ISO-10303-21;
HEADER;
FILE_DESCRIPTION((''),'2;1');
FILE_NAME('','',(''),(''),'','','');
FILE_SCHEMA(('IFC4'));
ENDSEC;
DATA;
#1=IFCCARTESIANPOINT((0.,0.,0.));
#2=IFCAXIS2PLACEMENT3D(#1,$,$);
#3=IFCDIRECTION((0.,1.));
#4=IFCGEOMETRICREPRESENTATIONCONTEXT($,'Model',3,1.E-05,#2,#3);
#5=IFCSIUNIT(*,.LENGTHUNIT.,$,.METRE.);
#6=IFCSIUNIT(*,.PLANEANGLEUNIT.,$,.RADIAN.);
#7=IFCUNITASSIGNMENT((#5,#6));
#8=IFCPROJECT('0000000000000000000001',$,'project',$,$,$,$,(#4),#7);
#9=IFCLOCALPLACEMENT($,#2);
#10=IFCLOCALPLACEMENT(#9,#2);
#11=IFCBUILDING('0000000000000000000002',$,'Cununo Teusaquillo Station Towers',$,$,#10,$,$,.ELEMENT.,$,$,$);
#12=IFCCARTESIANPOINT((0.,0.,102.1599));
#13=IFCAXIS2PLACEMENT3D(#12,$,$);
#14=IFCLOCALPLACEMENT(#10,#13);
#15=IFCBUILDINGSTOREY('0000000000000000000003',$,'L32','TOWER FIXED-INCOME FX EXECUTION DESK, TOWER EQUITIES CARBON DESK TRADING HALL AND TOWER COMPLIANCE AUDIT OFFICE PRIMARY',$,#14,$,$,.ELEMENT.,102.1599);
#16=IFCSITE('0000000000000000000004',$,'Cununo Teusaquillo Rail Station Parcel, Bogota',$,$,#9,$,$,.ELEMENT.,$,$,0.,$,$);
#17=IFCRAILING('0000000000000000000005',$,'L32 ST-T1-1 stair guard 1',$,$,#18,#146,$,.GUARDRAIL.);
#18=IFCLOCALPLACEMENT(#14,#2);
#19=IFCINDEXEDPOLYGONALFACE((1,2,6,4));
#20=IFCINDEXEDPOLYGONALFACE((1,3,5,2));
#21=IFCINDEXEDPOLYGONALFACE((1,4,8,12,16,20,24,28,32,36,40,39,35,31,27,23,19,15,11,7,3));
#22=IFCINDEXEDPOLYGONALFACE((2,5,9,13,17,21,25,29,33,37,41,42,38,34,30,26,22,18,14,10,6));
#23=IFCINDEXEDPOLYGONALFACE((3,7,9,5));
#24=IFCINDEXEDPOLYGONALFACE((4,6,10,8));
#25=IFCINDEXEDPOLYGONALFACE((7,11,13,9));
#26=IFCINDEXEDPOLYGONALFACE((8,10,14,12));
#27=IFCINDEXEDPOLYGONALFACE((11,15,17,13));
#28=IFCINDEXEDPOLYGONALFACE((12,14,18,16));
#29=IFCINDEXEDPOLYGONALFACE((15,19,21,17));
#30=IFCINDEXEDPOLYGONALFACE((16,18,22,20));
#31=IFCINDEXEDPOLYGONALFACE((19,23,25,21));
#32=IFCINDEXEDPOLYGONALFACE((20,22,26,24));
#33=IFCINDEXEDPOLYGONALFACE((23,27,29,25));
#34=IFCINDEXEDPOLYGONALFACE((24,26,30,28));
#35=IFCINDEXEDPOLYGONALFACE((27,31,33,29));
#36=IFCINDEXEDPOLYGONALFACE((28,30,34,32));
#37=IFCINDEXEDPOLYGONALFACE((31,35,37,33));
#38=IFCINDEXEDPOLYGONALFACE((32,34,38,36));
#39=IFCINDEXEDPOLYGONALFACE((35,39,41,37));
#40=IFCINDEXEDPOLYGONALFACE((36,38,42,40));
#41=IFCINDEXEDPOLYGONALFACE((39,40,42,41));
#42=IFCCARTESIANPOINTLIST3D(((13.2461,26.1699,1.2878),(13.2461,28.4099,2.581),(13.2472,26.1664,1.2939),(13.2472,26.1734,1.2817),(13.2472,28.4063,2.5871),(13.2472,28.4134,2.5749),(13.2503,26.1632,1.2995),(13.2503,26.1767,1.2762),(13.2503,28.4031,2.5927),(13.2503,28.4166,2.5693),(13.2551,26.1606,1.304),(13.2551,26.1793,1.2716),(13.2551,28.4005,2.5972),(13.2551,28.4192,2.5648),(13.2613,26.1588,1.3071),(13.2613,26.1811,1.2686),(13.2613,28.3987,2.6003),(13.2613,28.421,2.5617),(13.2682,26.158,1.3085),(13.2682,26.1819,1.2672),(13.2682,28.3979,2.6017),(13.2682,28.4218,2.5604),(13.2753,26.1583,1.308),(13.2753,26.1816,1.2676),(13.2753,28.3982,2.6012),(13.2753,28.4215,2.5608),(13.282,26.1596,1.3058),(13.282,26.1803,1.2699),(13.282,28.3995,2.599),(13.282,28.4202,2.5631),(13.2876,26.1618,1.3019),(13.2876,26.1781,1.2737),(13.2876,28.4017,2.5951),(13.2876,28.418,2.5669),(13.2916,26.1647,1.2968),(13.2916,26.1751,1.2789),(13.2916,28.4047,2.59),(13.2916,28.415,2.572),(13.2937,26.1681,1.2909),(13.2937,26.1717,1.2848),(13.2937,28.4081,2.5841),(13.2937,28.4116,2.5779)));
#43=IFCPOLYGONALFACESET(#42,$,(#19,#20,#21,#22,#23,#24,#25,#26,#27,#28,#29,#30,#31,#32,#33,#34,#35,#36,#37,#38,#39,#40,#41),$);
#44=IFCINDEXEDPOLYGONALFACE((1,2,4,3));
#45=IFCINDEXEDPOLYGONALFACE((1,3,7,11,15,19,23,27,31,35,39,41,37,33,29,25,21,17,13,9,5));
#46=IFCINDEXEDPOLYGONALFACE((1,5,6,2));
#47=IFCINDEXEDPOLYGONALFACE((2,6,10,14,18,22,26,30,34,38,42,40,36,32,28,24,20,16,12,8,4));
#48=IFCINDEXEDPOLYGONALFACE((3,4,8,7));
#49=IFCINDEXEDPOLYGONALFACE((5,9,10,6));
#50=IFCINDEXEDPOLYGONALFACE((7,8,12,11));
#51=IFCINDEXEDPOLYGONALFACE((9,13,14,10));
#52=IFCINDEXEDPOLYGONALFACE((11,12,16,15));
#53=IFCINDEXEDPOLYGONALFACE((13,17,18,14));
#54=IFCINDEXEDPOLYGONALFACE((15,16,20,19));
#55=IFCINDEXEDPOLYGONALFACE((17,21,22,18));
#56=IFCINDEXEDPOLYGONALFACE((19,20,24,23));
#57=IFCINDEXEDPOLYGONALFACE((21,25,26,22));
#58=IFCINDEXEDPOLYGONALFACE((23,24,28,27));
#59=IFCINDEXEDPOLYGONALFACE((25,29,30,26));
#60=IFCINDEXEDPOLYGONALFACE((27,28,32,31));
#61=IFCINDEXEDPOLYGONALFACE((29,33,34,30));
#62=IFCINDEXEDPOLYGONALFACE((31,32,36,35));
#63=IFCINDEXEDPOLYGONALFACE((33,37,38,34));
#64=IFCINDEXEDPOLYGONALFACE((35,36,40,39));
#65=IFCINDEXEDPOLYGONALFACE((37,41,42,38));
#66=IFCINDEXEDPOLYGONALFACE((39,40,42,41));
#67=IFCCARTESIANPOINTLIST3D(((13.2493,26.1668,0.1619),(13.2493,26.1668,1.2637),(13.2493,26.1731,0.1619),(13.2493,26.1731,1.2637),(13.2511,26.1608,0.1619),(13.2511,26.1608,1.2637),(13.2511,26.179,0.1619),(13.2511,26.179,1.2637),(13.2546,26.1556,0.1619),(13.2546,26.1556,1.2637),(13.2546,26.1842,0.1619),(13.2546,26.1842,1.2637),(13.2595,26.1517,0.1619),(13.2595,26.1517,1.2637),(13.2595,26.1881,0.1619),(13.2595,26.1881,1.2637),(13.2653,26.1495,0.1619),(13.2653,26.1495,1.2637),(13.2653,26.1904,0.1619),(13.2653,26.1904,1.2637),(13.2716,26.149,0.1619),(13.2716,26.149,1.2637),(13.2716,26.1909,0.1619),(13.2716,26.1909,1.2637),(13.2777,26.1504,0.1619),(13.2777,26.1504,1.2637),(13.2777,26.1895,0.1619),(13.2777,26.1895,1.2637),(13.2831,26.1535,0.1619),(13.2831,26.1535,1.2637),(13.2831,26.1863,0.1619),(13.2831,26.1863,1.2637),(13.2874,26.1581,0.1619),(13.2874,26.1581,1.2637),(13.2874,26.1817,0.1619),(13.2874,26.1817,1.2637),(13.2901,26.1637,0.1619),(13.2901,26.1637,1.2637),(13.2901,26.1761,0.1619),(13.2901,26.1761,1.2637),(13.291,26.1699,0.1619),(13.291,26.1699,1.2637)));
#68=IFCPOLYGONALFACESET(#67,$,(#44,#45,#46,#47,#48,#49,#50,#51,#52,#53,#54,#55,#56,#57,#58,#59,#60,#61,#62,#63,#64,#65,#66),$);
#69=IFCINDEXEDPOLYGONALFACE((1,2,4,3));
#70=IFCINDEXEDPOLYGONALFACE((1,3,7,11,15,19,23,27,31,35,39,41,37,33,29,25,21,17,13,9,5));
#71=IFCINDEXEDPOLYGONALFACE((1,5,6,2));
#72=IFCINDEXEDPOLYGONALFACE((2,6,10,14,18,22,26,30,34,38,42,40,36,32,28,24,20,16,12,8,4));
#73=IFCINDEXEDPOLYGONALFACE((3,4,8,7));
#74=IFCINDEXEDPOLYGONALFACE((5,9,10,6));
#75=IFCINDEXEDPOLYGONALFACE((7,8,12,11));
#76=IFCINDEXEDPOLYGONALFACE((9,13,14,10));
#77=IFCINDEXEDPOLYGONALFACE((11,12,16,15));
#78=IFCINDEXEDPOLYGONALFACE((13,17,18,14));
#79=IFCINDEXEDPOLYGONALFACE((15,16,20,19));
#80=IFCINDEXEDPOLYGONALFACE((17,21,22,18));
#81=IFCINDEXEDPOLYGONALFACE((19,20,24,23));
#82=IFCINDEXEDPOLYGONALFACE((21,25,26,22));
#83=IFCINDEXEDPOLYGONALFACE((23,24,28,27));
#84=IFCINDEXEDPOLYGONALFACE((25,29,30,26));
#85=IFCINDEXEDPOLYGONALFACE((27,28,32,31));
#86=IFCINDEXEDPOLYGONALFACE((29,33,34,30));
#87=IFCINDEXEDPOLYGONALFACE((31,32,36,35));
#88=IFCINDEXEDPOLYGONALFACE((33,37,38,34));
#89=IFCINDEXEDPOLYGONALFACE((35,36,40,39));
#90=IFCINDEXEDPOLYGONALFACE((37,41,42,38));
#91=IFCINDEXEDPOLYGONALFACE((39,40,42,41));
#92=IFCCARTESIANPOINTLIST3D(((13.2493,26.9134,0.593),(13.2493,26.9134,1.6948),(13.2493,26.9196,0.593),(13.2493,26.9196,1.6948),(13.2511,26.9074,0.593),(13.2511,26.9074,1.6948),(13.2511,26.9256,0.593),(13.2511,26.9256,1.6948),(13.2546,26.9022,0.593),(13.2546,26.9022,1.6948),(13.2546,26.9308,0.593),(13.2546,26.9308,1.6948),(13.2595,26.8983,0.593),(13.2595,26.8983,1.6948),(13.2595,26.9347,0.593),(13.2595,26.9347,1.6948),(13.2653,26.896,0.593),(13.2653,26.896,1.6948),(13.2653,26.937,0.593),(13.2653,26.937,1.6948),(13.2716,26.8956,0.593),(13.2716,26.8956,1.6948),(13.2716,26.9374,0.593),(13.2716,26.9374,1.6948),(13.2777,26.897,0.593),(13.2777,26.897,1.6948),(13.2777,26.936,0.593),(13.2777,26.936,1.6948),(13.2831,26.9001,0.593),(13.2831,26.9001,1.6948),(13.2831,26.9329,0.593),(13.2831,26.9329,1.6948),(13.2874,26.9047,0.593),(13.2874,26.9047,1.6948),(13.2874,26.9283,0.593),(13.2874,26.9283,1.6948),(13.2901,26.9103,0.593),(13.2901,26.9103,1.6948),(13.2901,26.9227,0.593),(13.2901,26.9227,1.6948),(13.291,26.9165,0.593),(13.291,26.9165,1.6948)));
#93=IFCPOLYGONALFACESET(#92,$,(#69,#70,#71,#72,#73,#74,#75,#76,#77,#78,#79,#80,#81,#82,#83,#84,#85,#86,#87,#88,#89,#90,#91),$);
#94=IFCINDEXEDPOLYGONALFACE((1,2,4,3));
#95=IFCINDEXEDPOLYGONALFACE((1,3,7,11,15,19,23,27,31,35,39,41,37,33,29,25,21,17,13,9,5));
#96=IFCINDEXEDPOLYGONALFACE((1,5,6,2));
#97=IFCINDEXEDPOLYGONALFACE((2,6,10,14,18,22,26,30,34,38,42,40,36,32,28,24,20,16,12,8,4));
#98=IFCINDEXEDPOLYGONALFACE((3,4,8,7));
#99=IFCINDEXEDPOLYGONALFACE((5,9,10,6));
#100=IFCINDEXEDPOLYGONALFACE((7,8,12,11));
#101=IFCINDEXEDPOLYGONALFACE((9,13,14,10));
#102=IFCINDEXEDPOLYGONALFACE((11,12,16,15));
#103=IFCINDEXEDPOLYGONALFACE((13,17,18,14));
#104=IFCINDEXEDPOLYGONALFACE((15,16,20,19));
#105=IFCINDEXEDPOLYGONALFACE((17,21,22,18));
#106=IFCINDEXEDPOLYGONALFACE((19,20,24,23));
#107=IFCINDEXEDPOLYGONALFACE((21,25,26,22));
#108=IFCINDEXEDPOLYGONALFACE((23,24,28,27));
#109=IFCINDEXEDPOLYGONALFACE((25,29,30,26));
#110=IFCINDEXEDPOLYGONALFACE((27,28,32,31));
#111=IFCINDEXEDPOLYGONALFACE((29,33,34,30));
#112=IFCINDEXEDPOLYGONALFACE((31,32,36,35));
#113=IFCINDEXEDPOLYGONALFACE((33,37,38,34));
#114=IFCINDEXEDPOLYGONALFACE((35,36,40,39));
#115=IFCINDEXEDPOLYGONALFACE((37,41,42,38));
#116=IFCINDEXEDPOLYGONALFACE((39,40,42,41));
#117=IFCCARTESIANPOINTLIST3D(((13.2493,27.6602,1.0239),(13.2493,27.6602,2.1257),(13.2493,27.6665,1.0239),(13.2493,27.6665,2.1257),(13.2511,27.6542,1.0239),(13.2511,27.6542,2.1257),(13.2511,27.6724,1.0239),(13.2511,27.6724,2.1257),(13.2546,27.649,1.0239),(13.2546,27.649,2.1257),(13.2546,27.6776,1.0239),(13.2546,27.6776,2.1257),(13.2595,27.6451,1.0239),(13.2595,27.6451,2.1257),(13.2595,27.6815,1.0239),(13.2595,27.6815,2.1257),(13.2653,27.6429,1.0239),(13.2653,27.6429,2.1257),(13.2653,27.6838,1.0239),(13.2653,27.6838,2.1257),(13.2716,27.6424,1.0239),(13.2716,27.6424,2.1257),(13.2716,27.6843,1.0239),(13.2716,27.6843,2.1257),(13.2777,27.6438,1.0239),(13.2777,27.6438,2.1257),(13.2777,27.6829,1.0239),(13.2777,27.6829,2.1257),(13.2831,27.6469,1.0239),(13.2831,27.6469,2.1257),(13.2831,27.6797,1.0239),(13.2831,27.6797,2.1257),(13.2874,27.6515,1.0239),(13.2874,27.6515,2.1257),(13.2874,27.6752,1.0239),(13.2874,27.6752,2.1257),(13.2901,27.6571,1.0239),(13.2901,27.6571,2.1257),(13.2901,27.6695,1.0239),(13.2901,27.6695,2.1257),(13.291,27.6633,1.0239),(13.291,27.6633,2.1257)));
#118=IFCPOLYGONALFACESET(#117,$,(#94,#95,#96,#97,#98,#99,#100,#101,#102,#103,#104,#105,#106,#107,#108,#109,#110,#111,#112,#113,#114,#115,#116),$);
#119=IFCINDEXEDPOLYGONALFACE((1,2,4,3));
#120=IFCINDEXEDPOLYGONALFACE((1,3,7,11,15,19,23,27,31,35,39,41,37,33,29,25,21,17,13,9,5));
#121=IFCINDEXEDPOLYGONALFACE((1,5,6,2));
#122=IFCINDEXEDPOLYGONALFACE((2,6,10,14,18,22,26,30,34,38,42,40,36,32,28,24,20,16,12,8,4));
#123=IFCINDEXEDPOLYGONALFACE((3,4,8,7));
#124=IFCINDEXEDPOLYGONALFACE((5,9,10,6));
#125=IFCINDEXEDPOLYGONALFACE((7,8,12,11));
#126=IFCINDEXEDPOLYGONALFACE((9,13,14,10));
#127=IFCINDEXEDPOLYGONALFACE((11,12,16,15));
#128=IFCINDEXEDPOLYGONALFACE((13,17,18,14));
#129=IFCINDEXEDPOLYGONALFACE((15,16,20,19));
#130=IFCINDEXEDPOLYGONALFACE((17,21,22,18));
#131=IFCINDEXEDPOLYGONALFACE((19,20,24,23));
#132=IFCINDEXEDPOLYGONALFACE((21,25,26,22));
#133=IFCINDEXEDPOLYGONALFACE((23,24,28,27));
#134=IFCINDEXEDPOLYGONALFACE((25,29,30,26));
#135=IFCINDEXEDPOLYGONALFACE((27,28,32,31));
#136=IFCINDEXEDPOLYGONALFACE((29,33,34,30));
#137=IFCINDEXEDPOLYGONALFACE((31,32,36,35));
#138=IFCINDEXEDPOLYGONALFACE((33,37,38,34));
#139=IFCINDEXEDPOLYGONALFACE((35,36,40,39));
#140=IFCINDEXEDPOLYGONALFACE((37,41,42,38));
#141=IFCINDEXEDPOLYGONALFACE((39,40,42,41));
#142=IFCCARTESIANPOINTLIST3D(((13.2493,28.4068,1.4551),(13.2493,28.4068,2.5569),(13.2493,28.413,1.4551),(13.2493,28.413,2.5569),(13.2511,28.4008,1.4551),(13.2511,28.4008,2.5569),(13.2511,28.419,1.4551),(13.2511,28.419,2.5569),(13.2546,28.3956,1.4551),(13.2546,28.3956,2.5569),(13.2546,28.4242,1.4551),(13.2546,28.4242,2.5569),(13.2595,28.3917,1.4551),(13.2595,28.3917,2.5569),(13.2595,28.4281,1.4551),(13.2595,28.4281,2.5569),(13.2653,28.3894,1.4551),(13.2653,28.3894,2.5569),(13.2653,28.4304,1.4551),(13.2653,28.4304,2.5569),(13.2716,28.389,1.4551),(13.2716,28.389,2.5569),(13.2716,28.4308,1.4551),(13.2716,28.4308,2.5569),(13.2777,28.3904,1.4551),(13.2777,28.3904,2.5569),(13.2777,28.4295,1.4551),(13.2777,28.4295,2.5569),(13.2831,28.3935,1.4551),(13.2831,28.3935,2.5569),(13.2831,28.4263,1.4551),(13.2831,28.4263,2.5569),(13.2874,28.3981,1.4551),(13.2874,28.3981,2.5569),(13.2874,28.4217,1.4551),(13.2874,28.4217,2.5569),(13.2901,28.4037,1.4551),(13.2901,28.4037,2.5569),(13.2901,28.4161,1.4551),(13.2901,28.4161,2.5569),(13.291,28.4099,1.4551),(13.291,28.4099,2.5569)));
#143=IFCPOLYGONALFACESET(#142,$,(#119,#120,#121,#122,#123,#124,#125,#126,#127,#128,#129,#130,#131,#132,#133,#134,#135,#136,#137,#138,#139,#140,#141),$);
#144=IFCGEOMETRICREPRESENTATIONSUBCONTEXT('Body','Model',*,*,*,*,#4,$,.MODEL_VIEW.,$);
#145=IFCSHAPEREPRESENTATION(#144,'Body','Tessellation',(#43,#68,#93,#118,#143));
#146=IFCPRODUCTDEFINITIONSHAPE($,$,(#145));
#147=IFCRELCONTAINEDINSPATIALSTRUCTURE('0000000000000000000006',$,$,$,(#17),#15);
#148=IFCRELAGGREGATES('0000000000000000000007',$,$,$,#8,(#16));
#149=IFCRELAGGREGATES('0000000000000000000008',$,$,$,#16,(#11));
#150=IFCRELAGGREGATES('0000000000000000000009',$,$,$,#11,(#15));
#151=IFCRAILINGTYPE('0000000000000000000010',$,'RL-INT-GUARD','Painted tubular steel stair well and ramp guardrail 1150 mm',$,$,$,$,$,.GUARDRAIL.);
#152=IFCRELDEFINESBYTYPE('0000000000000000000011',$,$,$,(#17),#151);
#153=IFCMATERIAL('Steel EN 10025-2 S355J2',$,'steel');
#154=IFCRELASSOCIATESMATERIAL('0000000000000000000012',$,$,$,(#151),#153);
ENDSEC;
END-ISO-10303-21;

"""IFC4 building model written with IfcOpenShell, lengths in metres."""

from ifc_helpers import new_model, si_unit, direction, frame, origin, origin_2d, place, context, subcontext, project, spatial, circle, extrude, material, type_object, element, save


model = new_model("IFC4")

# Units and contexts
model_context = context("Model", 3, precision=1e-05, world=origin(), true_north=direction((0.0, 1.0)))
body_context = subcontext(model_context, "Body", "Model", "MODEL_VIEW")
ifc_project = project(units=[si_unit("LENGTHUNIT", "METRE"), si_unit("PLANEANGLEUNIT", "RADIAN")], contexts=[model_context])

# Site, building, storey
site_placement = place(None, origin())
site = spatial("IfcSite", under=ifc_project, at=site_placement, Name="Cununo Teusaquillo Rail Station Parcel, Bogota", CompositionType="ELEMENT", RefElevation=0.0)
building_placement = place(site_placement, origin())
building = spatial("IfcBuilding", under=site, at=building_placement, Name="Cununo Teusaquillo Station Towers", CompositionType="ELEMENT")
storey_placement = place(building_placement, frame((0.0, 0.0, 102.1599)))
storey = spatial("IfcBuildingStorey", under=building, at=storey_placement, Name="L32", Description="TOWER FIXED-INCOME FX EXECUTION DESK, TOWER EQUITIES CARBON DESK TRADING HALL AND TOWER COMPLIANCE AUDIT OFFICE PRIMARY", CompositionType="ELEMENT", Elevation=102.1599)

# Railing
ifc_material_1 = material(Name="Steel EN 10025-2 S355J2", Category="steel")
railing_type_1 = type_object("IfcRailingType", Name="RL-INT-GUARD", Description="Painted tubular steel stair well and ramp guardrail 1150 mm", PredefinedType="GUARDRAIL", material=ifc_material_1)
railing_1_placement = place(storey_placement, frame((13.27, 26.1699, 0.1619)))
element("IfcRailing", 1, at=railing_1_placement, inside=storey, type_object=railing_type_1, Name="L32 ST-T1-1 stair guard 1", PredefinedType="GUARDRAIL", context=body_context, shape_type="SweptSolid", body=[
    extrude(circle(Radius=0.0239, at=origin_2d()), frame((0.0, 0.0, 1.126), z_axis=(0.0, 0.866033, 0.499987), x_axis=(-1.0, 0.0, 0.0)), (0.0, 0.0, 1.0), 2.5864),
    extrude(circle(Radius=0.021, at=origin_2d()), origin(), (0.0, 0.0, 1.0), 1.1018),
    extrude(circle(Radius=0.021, at=origin_2d()), frame((0.0, 0.7466, 0.4312)), (0.0, 0.0, 1.0), 1.1018),
    extrude(circle(Radius=0.021, at=origin_2d()), frame((0.0, 1.4934, 0.8621)), (0.0, 0.0, 1.0), 1.1018),
    extrude(circle(Radius=0.021, at=origin_2d()), frame((0.0, 2.24, 1.2932)), (0.0, 0.0, 1.0), 1.1018),
])

save(model, "model.ifc")
